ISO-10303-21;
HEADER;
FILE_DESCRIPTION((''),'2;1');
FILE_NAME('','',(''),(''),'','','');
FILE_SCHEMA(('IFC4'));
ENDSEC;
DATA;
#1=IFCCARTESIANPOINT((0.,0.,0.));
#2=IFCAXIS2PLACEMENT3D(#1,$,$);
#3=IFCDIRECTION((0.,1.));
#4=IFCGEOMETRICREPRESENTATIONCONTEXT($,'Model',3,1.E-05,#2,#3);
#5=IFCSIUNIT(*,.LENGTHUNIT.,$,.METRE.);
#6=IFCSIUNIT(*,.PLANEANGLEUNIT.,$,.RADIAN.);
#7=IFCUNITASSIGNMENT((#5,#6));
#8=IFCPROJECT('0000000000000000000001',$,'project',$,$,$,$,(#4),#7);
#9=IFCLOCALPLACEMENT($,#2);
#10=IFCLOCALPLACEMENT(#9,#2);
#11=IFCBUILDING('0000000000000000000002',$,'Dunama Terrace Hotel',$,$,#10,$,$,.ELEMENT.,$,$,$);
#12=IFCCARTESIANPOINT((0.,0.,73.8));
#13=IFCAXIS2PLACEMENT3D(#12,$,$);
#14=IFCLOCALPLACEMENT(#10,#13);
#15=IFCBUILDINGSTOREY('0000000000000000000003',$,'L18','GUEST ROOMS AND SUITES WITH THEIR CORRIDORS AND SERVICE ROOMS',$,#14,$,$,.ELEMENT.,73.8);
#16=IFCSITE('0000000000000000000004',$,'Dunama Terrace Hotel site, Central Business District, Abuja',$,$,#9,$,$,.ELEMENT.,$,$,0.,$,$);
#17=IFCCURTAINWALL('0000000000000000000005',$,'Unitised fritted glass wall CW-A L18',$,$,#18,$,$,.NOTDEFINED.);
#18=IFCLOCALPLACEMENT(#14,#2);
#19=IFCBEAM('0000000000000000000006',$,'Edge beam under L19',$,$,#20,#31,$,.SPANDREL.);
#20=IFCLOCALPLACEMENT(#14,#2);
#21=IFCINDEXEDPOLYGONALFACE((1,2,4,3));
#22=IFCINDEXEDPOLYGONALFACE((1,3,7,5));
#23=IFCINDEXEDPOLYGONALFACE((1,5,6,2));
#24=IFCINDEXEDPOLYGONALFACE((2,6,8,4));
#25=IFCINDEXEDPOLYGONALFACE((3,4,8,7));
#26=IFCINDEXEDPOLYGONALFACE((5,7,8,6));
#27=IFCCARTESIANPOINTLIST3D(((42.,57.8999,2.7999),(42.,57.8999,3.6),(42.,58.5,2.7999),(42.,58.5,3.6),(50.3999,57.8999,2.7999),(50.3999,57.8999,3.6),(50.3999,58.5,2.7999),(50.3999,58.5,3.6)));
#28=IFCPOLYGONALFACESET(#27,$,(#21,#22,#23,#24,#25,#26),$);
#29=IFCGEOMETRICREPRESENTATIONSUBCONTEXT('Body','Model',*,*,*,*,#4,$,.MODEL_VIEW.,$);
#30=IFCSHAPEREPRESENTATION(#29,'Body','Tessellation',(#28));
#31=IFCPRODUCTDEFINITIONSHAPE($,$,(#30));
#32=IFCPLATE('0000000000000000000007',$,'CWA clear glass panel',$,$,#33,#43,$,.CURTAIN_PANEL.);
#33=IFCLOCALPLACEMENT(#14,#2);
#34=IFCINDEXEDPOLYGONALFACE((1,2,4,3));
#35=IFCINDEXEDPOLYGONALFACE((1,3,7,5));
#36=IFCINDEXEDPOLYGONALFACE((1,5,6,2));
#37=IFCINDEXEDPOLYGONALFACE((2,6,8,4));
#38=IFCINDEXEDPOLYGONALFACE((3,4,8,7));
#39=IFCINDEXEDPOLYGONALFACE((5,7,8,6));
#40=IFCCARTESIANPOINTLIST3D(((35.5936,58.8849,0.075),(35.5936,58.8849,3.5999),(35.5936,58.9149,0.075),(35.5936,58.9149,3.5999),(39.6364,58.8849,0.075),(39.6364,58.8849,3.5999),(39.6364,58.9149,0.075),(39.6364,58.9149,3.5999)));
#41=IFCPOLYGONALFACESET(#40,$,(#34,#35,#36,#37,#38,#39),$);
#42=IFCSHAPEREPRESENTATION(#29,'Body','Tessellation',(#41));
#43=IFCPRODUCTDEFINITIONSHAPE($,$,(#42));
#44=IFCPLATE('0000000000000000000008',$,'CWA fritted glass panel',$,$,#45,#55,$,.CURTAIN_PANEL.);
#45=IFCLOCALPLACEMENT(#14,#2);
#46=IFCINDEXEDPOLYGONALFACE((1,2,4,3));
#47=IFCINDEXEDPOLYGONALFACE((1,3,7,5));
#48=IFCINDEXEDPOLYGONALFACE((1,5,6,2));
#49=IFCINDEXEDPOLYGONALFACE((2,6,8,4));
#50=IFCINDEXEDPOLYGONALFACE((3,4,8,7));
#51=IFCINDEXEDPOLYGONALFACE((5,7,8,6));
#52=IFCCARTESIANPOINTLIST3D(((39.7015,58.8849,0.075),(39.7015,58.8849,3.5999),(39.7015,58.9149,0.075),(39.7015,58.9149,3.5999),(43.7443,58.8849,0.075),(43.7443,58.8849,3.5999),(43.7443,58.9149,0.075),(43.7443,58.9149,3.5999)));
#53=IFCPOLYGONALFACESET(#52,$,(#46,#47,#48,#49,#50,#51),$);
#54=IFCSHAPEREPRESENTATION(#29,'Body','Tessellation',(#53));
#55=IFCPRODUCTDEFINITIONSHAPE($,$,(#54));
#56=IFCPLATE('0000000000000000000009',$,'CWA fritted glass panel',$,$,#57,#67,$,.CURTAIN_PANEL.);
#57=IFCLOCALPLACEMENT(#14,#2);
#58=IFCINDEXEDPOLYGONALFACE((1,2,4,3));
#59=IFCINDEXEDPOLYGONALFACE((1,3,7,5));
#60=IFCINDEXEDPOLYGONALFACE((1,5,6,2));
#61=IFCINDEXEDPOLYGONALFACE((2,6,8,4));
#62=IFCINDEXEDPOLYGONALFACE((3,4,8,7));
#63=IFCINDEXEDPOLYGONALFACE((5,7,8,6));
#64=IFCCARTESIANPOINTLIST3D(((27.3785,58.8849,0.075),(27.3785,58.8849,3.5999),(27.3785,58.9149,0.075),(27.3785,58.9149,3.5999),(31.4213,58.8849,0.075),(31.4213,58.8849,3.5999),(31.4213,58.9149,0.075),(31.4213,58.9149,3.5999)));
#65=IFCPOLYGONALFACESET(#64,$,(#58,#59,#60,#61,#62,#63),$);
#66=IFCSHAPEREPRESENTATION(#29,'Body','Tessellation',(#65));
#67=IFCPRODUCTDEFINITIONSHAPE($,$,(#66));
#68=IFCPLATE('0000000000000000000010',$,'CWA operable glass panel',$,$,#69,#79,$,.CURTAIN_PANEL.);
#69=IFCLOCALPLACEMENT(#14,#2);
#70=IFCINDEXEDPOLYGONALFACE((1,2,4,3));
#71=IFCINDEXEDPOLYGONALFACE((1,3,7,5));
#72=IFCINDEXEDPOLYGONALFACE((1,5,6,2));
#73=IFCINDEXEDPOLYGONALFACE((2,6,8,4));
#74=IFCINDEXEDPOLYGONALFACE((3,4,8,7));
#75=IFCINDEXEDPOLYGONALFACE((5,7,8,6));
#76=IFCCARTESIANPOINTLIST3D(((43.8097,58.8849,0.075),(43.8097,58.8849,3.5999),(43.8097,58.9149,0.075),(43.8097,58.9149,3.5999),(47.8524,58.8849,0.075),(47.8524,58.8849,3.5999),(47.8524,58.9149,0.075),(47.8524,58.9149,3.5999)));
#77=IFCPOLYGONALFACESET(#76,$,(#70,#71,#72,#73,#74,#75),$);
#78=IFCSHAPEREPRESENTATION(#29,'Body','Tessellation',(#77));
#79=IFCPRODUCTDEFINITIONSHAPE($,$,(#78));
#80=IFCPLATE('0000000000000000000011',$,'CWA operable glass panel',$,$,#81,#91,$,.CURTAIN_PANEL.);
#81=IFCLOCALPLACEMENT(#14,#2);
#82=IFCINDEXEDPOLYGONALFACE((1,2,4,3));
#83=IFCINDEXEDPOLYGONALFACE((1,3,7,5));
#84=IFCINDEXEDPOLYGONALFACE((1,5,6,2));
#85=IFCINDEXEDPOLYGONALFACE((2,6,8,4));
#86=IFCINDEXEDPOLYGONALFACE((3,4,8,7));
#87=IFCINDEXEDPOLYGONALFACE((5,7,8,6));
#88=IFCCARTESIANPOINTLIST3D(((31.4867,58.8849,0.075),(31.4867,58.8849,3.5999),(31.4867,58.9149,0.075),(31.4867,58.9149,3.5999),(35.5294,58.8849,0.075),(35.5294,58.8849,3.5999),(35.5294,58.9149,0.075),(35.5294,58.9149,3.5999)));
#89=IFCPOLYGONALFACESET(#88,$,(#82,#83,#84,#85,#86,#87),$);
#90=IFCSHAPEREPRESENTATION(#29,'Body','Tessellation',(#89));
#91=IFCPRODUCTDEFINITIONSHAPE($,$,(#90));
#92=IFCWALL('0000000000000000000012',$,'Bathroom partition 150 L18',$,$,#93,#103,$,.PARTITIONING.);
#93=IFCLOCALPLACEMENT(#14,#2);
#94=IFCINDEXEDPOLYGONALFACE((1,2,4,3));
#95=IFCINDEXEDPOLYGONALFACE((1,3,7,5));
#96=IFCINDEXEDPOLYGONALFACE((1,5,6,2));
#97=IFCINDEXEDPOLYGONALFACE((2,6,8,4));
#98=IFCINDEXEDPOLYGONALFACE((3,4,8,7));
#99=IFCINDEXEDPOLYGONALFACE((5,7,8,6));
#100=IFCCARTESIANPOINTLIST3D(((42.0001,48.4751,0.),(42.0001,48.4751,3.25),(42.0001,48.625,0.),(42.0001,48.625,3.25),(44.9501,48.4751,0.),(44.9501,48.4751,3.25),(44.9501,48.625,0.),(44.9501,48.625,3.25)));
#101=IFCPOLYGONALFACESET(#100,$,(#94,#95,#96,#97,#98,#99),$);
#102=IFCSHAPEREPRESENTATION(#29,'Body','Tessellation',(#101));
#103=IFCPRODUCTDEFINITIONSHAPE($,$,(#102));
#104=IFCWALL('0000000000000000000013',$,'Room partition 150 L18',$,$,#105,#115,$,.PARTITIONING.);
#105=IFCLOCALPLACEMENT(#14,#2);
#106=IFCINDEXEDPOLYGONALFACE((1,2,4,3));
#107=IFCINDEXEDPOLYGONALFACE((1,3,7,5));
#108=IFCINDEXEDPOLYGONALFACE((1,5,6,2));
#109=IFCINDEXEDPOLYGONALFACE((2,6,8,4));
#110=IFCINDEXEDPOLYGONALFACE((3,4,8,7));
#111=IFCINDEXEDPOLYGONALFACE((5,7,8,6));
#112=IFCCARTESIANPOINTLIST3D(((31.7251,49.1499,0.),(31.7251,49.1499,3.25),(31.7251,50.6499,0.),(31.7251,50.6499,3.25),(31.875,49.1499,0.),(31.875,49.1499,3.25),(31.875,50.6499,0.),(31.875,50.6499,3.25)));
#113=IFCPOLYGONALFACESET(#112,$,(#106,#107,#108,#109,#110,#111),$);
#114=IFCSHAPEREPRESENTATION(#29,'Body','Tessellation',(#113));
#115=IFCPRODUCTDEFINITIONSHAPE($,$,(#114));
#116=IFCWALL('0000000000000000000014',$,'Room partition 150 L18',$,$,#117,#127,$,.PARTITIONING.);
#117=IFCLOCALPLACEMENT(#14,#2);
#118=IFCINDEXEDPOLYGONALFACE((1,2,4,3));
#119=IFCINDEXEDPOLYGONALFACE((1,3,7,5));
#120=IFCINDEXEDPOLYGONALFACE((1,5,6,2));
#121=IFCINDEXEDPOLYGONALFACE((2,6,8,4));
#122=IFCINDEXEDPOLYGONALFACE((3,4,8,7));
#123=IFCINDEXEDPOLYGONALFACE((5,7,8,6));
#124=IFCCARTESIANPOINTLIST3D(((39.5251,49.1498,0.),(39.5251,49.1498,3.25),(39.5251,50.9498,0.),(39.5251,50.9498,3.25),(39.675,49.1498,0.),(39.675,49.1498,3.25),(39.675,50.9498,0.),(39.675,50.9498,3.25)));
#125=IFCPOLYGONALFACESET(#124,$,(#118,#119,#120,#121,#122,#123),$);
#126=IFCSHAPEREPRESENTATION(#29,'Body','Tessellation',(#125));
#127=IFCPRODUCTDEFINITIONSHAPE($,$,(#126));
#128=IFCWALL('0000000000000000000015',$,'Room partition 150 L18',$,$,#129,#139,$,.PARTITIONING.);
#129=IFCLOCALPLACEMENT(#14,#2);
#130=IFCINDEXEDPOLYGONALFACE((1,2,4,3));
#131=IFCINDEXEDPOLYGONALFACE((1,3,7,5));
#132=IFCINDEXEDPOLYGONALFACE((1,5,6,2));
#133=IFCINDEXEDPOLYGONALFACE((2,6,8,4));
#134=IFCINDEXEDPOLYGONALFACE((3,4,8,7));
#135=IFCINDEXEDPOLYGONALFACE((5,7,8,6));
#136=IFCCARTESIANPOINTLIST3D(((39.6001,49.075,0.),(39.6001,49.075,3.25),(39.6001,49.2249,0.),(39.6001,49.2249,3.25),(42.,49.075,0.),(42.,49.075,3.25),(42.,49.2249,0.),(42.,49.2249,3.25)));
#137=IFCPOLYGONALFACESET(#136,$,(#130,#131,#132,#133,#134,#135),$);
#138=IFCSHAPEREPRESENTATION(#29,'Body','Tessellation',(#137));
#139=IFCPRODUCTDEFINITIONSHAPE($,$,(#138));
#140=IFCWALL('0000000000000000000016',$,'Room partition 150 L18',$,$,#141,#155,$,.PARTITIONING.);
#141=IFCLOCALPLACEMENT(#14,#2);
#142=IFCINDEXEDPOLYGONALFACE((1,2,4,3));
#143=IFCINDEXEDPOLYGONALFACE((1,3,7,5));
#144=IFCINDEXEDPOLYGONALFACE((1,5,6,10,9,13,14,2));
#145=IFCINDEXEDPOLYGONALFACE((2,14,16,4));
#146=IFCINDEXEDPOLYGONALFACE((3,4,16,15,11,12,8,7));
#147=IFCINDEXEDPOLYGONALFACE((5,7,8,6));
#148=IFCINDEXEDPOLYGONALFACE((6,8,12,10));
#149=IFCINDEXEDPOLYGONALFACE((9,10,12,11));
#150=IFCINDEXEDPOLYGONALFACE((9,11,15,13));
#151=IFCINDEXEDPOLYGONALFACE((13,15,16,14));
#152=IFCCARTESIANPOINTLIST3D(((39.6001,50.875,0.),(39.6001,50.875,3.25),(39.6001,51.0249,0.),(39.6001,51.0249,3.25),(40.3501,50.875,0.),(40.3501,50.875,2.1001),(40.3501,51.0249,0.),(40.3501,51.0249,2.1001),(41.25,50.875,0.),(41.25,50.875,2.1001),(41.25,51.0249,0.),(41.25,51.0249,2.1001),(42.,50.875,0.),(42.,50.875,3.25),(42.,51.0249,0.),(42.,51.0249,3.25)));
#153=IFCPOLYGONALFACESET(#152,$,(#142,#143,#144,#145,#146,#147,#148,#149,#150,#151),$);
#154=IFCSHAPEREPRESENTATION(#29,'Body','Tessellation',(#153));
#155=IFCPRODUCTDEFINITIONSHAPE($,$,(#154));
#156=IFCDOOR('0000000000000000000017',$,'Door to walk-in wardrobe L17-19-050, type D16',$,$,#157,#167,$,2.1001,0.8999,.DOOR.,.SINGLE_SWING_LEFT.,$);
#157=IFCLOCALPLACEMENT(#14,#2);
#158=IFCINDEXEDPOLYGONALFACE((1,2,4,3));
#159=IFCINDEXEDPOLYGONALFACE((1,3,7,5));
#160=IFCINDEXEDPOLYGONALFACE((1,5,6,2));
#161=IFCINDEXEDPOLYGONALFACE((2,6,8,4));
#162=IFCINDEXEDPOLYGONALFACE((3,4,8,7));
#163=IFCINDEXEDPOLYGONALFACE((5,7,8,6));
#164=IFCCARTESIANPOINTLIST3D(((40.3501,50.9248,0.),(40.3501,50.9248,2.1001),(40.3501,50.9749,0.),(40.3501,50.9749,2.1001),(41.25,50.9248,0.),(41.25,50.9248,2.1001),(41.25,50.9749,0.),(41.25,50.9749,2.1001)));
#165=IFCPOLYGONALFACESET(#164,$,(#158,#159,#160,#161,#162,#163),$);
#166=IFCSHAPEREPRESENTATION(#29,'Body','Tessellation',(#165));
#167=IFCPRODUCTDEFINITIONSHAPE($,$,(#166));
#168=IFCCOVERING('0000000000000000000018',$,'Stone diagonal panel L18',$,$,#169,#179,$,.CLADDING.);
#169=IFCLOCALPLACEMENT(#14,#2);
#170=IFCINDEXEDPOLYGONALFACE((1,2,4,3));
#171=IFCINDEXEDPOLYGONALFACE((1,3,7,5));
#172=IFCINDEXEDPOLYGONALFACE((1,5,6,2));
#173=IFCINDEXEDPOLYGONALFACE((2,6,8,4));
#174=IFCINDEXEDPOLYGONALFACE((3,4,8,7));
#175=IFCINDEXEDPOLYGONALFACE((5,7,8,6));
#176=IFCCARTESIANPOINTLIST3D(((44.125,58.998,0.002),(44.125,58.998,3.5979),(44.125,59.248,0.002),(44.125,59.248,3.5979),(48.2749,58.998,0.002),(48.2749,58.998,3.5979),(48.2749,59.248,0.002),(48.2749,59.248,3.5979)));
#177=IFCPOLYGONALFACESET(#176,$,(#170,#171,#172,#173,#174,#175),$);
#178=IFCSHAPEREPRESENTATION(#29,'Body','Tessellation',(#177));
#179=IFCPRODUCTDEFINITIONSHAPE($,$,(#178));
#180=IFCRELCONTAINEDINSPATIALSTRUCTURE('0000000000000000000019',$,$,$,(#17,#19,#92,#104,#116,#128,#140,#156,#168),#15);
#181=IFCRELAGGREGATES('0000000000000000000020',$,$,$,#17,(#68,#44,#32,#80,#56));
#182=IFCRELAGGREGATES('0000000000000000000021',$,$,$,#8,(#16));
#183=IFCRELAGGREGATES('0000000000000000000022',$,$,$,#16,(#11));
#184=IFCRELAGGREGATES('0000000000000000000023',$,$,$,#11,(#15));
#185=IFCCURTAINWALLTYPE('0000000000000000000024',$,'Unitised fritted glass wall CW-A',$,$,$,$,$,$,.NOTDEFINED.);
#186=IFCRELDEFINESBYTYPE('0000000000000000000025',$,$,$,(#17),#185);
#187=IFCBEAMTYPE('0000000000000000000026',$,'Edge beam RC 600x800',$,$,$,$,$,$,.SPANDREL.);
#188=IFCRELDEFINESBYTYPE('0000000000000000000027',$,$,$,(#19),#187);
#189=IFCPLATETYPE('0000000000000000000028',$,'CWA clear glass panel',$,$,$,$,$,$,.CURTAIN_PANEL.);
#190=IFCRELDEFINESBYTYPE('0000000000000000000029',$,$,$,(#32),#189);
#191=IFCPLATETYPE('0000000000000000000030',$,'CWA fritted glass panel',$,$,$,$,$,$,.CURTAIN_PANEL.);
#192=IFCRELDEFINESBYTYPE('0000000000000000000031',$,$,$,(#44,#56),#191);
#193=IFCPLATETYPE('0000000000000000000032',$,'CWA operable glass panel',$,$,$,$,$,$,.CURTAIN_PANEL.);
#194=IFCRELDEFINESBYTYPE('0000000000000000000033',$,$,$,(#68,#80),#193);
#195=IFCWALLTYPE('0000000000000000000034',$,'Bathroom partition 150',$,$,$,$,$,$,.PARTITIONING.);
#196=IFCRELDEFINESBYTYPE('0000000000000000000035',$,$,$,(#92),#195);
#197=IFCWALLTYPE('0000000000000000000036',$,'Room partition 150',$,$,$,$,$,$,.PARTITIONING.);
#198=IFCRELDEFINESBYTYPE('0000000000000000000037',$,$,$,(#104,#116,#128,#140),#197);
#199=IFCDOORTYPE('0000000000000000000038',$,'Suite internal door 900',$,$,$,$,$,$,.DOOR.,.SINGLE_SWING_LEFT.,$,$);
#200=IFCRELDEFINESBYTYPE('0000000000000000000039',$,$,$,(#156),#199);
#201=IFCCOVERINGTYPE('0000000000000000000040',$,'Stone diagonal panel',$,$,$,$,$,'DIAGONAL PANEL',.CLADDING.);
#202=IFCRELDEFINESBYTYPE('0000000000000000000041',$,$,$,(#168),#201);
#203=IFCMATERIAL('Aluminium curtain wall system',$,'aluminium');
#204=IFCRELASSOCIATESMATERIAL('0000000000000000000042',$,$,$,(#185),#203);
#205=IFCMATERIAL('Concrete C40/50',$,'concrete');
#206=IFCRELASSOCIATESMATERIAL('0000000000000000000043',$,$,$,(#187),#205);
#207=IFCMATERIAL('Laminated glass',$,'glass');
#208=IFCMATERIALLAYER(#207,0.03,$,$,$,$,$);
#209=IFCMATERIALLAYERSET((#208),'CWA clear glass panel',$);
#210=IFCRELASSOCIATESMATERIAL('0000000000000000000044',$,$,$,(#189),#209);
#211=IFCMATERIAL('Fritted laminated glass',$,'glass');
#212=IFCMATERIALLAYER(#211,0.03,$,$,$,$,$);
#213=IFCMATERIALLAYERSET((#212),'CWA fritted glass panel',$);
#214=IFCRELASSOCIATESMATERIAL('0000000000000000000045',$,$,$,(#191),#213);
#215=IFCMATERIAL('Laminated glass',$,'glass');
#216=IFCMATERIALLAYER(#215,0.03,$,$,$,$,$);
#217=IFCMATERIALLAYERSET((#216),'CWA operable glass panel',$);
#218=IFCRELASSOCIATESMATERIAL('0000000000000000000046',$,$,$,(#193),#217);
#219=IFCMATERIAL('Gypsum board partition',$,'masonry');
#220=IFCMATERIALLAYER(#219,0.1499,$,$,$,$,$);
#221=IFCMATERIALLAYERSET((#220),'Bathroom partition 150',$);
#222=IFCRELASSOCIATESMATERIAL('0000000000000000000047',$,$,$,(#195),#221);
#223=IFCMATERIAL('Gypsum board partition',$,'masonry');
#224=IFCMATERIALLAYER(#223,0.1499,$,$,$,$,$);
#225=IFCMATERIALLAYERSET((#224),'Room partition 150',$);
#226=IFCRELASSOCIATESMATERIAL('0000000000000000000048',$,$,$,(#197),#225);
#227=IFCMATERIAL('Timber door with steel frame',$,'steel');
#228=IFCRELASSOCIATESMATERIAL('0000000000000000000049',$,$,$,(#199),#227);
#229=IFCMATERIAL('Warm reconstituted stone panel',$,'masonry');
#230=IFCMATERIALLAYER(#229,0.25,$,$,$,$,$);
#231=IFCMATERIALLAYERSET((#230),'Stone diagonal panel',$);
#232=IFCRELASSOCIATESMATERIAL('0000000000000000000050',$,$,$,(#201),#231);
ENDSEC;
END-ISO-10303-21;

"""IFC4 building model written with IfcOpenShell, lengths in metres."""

from ifc_helpers import new_model, si_unit, direction, frame, frame_2d, origin, origin_2d, place, context, subcontext, project, spatial, rectangle, extrude, material, layer, layer_set, material_profile, profile_set, type_object, element, fill, aggregate, save


model = new_model("IFC4")

# Units and contexts
model_context = context("Model", 3, precision=1e-05, world=origin(), true_north=direction((0.0, 1.0)))
body_context = subcontext(model_context, "Body", "Model", "MODEL_VIEW")
ifc_project = project(units=[si_unit("LENGTHUNIT", "METRE"), si_unit("PLANEANGLEUNIT", "RADIAN")], contexts=[model_context])

# Site, building, storey
site_placement = place(None, origin())
site = spatial("IfcSite", under=ifc_project, at=site_placement, Name="Dunama Terrace Hotel site, Central Business District, Abuja", CompositionType="ELEMENT", RefElevation=0.0)
building_placement = place(site_placement, origin())
building = spatial("IfcBuilding", under=site, at=building_placement, Name="Dunama Terrace Hotel", CompositionType="ELEMENT")
storey_placement = place(building_placement, frame((0.0, 0.0, 73.8)))
storey = spatial("IfcBuildingStorey", under=building, at=storey_placement, Name="L18", Description="GUEST ROOMS AND SUITES WITH THEIR CORRIDORS AND SERVICE ROOMS", CompositionType="ELEMENT", Elevation=73.8)

# Curtain wall
ifc_material_1 = material(Name="Aluminium curtain wall system", Category="aluminium")
curtain_wall_type = type_object("IfcCurtainWallType", Name="Unitised fritted glass wall CW-A", PredefinedType="NOTDEFINED", material=ifc_material_1)
curtain_wall_placement = place(storey_placement, origin())
curtain_wall = element("IfcCurtainWall", 1, at=curtain_wall_placement, inside=storey, type_object=curtain_wall_type, Name="Unitised fritted glass wall CW-A L18", PredefinedType="NOTDEFINED")

# Beam
ifc_material_2 = material(Name="Concrete C40/50", Category="concrete")
ifc_material_profile_1 = material_profile(ifc_material_2, rectangle(XDim=0.6001, YDim=0.8, at=origin_2d()), Name="RC 600x800")
ifc_profile_set_1 = profile_set([ifc_material_profile_1], Name="Concrete C40/50")
beam_type = type_object("IfcBeamType", Name="Edge beam RC 600x800", PredefinedType="SPANDREL", material=ifc_profile_set_1)
for number, where, z_axis, x_axis, name in (
    (2, (42.0, 58.2, 3.2), (1.0, 0.0, 0.0), (0.0, 1.0, 0.0), "Edge beam under L19"),
):
    element("IfcBeam", number, at=place(storey_placement, frame(where, z_axis=z_axis, x_axis=x_axis)), inside=storey, type_object=beam_type, Name=name, PredefinedType="SPANDREL", context=body_context, shape_type="SweptSolid", body=[
        extrude(rectangle(XDim=0.6001, YDim=0.8, at=origin_2d()), origin(), (0.0, 0.0, 1.0), 8.3999),
    ])

# Plates
ifc_material_3 = material(Name="Laminated glass", Category="glass")
ifc_layer_1 = layer(ifc_material_3, 0.03)
ifc_layer_set_1 = layer_set([ifc_layer_1], Name="CWA clear glass panel")
plate_type_1 = type_object("IfcPlateType", Name="CWA clear glass panel", PredefinedType="CURTAIN_PANEL", material=ifc_layer_set_1)
plate_1_placement = place(storey_placement, frame((37.615, 58.8999, 0.075), z_axis=(0.0, 0.0, 1.0), x_axis=(-1.0, 0.0, 0.0)))
plate_1 = element("IfcPlate", 3, at=plate_1_placement, type_object=plate_type_1, Name="CWA clear glass panel", PredefinedType="CURTAIN_PANEL", context=body_context, shape_type="SweptSolid", body=[
    extrude(rectangle(XDim=4.0427, YDim=0.03, at=origin_2d()), origin(), (0.0, 0.0, 1.0), 3.5249),
])
ifc_material_4 = material(Name="Fritted laminated glass", Category="glass")
ifc_layer_2 = layer(ifc_material_4, 0.03)
ifc_layer_set_2 = layer_set([ifc_layer_2], Name="CWA fritted glass panel")
plate_type_2 = type_object("IfcPlateType", Name="CWA fritted glass panel", PredefinedType="CURTAIN_PANEL", material=ifc_layer_set_2)
plate_2_placement = place(storey_placement, frame((41.7229, 58.8999, 0.075), z_axis=(0.0, 0.0, 1.0), x_axis=(-1.0, 0.0, 0.0)))
plate_2 = element("IfcPlate", 4, at=plate_2_placement, type_object=plate_type_2, Name="CWA fritted glass panel", PredefinedType="CURTAIN_PANEL", context=body_context, shape_type="SweptSolid", body=[
    extrude(rectangle(XDim=4.0427, YDim=0.03, at=origin_2d()), origin(), (0.0, 0.0, 1.0), 3.5249),
])
plate_3_placement = place(storey_placement, frame((29.3999, 58.8999, 0.075), z_axis=(0.0, 0.0, 1.0), x_axis=(-1.0, 0.0, 0.0)))
plate_3 = element("IfcPlate", 5, at=plate_3_placement, type_object=plate_type_2, Name="CWA fritted glass panel", PredefinedType="CURTAIN_PANEL", context=body_context, shape_type="SweptSolid", body=[
    extrude(rectangle(XDim=4.0427, YDim=0.03, at=origin_2d()), origin(), (0.0, 0.0, 1.0), 3.5249),
])
ifc_material_5 = material(Name="Laminated glass", Category="glass")
ifc_layer_3 = layer(ifc_material_5, 0.03)
ifc_layer_set_3 = layer_set([ifc_layer_3], Name="CWA operable glass panel")
plate_type_3 = type_object("IfcPlateType", Name="CWA operable glass panel", PredefinedType="CURTAIN_PANEL", material=ifc_layer_set_3)
plate_4_placement = place(storey_placement, frame((45.8311, 58.8999, 0.075), z_axis=(0.0, 0.0, 1.0), x_axis=(-1.0, 0.0, 0.0)))
plate_4 = element("IfcPlate", 6, at=plate_4_placement, type_object=plate_type_3, Name="CWA operable glass panel", PredefinedType="CURTAIN_PANEL", context=body_context, shape_type="SweptSolid", body=[
    extrude(rectangle(XDim=4.0427, YDim=0.03, at=origin_2d()), origin(), (0.0, 0.0, 1.0), 3.5249),
])
plate_5_placement = place(storey_placement, frame((33.5081, 58.8999, 0.075), z_axis=(0.0, 0.0, 1.0), x_axis=(-1.0, 0.0, 0.0)))
plate_5 = element("IfcPlate", 7, at=plate_5_placement, type_object=plate_type_3, Name="CWA operable glass panel", PredefinedType="CURTAIN_PANEL", context=body_context, shape_type="SweptSolid", body=[
    extrude(rectangle(XDim=4.0427, YDim=0.03, at=origin_2d()), origin(), (0.0, 0.0, 1.0), 3.5249),
])
aggregate(curtain_wall, [plate_4, plate_2, plate_1, plate_5, plate_3])

# Walls
ifc_material_6 = material(Name="Gypsum board partition", Category="masonry")
ifc_layer_4 = layer(ifc_material_6, 0.1499)
ifc_layer_set_4 = layer_set([ifc_layer_4], Name="Bathroom partition 150")
wall_type_1 = type_object("IfcWallType", Name="Bathroom partition 150", PredefinedType="PARTITIONING", material=ifc_layer_set_4)
wall_1_placement = place(storey_placement, frame((42.0, 48.55, 0.0), z_axis=(0.0, 0.0, 1.0), x_axis=(1.0, 0.0, 0.0)))
element("IfcWall", 8, at=wall_1_placement, inside=storey, type_object=wall_type_1, Name="Bathroom partition 150 L18", PredefinedType="PARTITIONING", context=body_context, shape_type="SweptSolid", body=[
    extrude(rectangle(XDim=2.95, YDim=0.1499, at=frame_2d((1.4751, 0.0))), origin(), (0.0, 0.0, 1.0), 3.25),
])
ifc_material_7 = material(Name="Gypsum board partition", Category="masonry")
ifc_layer_5 = layer(ifc_material_7, 0.1499)
ifc_layer_set_5 = layer_set([ifc_layer_5], Name="Room partition 150")
wall_type_2 = type_object("IfcWallType", Name="Room partition 150", PredefinedType="PARTITIONING", material=ifc_layer_set_5)
wall_2_placement = place(storey_placement, frame((31.8, 49.1499, 0.0), z_axis=(0.0, 0.0, 1.0), x_axis=(0.0, 1.0, 0.0)))
element("IfcWall", 9, at=wall_2_placement, inside=storey, type_object=wall_type_2, Name="Room partition 150 L18", PredefinedType="PARTITIONING", context=body_context, shape_type="SweptSolid", body=[
    extrude(rectangle(XDim=1.5, YDim=0.1499, at=frame_2d((0.75, 0.0))), origin(), (0.0, 0.0, 1.0), 3.25),
])
wall_3_placement = place(storey_placement, frame((39.6001, 49.1499, 0.0), z_axis=(0.0, 0.0, 1.0), x_axis=(0.0, 1.0, 0.0)))
element("IfcWall", 10, at=wall_3_placement, inside=storey, type_object=wall_type_2, Name="Room partition 150 L18", PredefinedType="PARTITIONING", context=body_context, shape_type="SweptSolid", body=[
    extrude(rectangle(XDim=1.8, YDim=0.1499, at=frame_2d((0.8999, 0.0))), origin(), (0.0, 0.0, 1.0), 3.25),
])
wall_4_placement = place(storey_placement, frame((39.6001, 49.1499, 0.0), z_axis=(0.0, 0.0, 1.0), x_axis=(1.0, 0.0, 0.0)))
element("IfcWall", 11, at=wall_4_placement, inside=storey, type_object=wall_type_2, Name="Room partition 150 L18", PredefinedType="PARTITIONING", context=body_context, shape_type="SweptSolid", body=[
    extrude(rectangle(XDim=2.3999, YDim=0.1499, at=frame_2d((1.2, 0.0))), origin(), (0.0, 0.0, 1.0), 3.25),
])

# Wall, opening, door
wall_5_placement = place(storey_placement, frame((39.6001, 50.95, 0.0), z_axis=(0.0, 0.0, 1.0), x_axis=(1.0, 0.0, 0.0)))
wall_5 = element("IfcWall", 12, at=wall_5_placement, inside=storey, type_object=wall_type_2, Name="Room partition 150 L18", PredefinedType="PARTITIONING", context=body_context, shape_type="SweptSolid", body=[
    extrude(rectangle(XDim=2.3999, YDim=0.1499, at=frame_2d((1.2, 0.0))), origin(), (0.0, 0.0, 1.0), 3.25),
])
opening_placement = place(wall_5_placement, frame((0.75, 0.0, 0.0)))
opening = element("IfcOpeningElement", 13, at=opening_placement, cuts=wall_5, PredefinedType="OPENING", context=body_context, shape_type="SweptSolid", body=[
    extrude(rectangle(XDim=0.8999, YDim=2.1001, at=frame_2d((0.45, 1.05))), frame((0.0, 0.085, 0.0), z_axis=(0.0, -1.0, 0.0), x_axis=(1.0, 0.0, 0.0)), (0.0, 0.0, 1.0), 0.1699),
])
ifc_material_8 = material(Name="Timber door with steel frame", Category="steel")
door_type = type_object("IfcDoorType", Name="Suite internal door 900", OperationType="SINGLE_SWING_LEFT", PredefinedType="DOOR", material=ifc_material_8)
door_placement = place(opening_placement, frame((0.8999, 0.0, 0.0), z_axis=(0.0, 0.0, 1.0), x_axis=(-1.0, 0.0, 0.0)))
door = element("IfcDoor", 14, at=door_placement, inside=storey, type_object=door_type, Name="Door to walk-in wardrobe L17-19-050, type D16", OperationType="SINGLE_SWING_LEFT", OverallHeight=2.1001, OverallWidth=0.8999, PredefinedType="DOOR", context=body_context, shape_type="SweptSolid", body=[
    extrude(rectangle(XDim=0.8999, YDim=2.1001, at=frame_2d((0.45, 1.05))), frame((0.0, 0.0251, 0.0), z_axis=(0.0, -1.0, 0.0), x_axis=(1.0, 0.0, 0.0)), (0.0, 0.0, 1.0), 0.05),
])
fill(opening, door)

# Covering
ifc_material_9 = material(Name="Warm reconstituted stone panel", Category="masonry")
ifc_layer_6 = layer(ifc_material_9, 0.25)
ifc_layer_set_6 = layer_set([ifc_layer_6], Name="Stone diagonal panel")
covering_type = type_object("IfcCoveringType", Name="Stone diagonal panel", ElementType="DIAGONAL PANEL", PredefinedType="CLADDING", material=ifc_layer_set_6)
for number, where, z_axis, x_axis, name in (
    (15, (46.2, 59.123, 0.002), (0.0, 0.0, 1.0), (-1.0, 0.0, 0.0), "Stone diagonal panel L18"),
):
    element("IfcCovering", number, at=place(storey_placement, frame(where, z_axis=z_axis, x_axis=x_axis)), inside=storey, type_object=covering_type, Name=name, PredefinedType="CLADDING", context=body_context, shape_type="SweptSolid", body=[
        extrude(rectangle(XDim=4.1499, YDim=0.25, at=origin_2d()), origin(), (0.0, 0.0, 1.0), 3.5959),
    ])

save(model, "model.ifc")
